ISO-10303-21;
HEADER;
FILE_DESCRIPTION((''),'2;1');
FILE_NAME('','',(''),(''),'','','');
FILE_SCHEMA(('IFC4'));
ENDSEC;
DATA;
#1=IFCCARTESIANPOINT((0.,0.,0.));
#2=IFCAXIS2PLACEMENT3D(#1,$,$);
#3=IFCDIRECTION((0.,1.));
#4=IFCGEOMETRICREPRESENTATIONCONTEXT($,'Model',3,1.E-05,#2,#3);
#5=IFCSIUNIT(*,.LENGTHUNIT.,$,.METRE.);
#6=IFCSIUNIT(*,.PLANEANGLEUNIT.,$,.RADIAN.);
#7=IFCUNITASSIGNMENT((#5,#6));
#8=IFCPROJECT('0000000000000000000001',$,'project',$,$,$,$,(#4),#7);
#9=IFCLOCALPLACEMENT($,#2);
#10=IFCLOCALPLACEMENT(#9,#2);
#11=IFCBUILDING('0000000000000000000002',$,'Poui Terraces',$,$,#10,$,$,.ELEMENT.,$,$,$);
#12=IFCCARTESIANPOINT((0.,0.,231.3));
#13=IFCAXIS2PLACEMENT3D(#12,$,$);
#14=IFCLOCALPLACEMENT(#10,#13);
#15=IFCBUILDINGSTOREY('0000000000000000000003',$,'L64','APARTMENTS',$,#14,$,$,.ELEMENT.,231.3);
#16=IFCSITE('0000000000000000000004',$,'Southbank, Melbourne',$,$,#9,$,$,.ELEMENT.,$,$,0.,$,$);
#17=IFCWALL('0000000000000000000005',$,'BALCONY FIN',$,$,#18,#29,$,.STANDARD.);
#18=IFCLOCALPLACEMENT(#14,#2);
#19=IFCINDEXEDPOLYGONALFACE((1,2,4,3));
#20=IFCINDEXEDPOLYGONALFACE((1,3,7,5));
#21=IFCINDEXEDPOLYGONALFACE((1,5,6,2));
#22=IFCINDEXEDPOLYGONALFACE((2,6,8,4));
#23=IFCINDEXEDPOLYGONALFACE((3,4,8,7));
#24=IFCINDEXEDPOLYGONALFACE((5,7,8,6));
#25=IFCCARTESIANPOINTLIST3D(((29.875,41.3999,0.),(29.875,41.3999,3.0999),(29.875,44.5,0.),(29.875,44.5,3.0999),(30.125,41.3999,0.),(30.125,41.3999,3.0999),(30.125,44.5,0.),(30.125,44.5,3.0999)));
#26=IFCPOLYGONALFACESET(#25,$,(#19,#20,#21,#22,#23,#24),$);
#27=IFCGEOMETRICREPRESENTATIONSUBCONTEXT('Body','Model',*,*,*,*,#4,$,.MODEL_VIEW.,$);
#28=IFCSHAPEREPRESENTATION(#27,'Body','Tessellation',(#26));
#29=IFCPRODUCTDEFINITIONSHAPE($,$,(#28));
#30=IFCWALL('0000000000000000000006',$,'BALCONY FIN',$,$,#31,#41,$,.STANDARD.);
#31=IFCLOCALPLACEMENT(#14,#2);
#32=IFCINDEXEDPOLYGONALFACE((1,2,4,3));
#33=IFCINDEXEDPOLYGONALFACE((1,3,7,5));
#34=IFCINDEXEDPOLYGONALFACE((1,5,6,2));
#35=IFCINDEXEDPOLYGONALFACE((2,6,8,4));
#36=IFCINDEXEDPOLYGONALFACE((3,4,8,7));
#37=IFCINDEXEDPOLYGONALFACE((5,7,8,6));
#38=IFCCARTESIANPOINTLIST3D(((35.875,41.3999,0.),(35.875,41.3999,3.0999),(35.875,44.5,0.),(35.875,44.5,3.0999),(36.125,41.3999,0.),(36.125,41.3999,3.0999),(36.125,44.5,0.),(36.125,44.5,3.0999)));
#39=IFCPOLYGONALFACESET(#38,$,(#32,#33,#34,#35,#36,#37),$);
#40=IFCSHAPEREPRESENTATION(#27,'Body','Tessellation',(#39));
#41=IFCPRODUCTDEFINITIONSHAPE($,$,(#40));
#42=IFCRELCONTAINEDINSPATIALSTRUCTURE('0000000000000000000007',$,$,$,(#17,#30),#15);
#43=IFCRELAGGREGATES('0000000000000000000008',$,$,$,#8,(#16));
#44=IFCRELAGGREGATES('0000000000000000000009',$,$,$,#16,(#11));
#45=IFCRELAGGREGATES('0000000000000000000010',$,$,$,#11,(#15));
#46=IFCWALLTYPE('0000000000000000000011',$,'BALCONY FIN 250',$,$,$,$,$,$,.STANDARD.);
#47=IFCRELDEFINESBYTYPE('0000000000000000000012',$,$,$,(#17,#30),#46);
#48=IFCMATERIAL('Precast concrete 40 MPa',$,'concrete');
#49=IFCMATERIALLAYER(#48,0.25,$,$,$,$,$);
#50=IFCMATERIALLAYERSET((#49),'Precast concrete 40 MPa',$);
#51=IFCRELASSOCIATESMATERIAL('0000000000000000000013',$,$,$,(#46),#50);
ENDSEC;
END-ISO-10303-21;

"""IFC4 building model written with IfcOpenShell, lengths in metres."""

from ifc_helpers import new_model, si_unit, direction, frame, origin, place, context, subcontext, project, spatial, polyline, outline, extrude, source, transform, mapped, material, layer, layer_set, type_object, element, save


model = new_model("IFC4")

# Units and contexts
model_context = context("Model", 3, precision=1e-05, world=origin(), true_north=direction((0.0, 1.0)))
body_context = subcontext(model_context, "Body", "Model", "MODEL_VIEW")
ifc_project = project(units=[si_unit("LENGTHUNIT", "METRE"), si_unit("PLANEANGLEUNIT", "RADIAN")], contexts=[model_context])

# Site, building, storey
site_placement = place(None, origin())
site = spatial("IfcSite", under=ifc_project, at=site_placement, Name="Southbank, Melbourne", CompositionType="ELEMENT", RefElevation=0.0)
building_placement = place(site_placement, origin())
building = spatial("IfcBuilding", under=site, at=building_placement, Name="Poui Terraces", CompositionType="ELEMENT")
storey_placement = place(building_placement, frame((0.0, 0.0, 231.3)))
storey = spatial("IfcBuildingStorey", under=building, at=storey_placement, Name="L64", Description="APARTMENTS", CompositionType="ELEMENT", Elevation=231.3)

# Walls
ifc_material_1 = material(Name="Precast concrete 40 MPa", Category="concrete")
ifc_layer_1 = layer(ifc_material_1, 0.25)
ifc_layer_set_1 = layer_set([ifc_layer_1], Name="Precast concrete 40 MPa")
wall_type_1 = type_object("IfcWallType", Name="BALCONY FIN 250", PredefinedType="STANDARD", material=ifc_layer_set_1)
shared_shape_1 = source(origin(), body_context, "Body", "SweptSolid", [
    extrude(outline(polyline([(0.0, 0.0), (0.25, 0.0), (0.25, 3.1001), (0.0, 3.1001), (0.0, 0.0)])), origin(), (0.0, 0.0, 1.0), 3.0999),
])
for number, where, name in (
    (1, (29.875, 41.3999, 0.0), "BALCONY FIN"),
    (2, (35.875, 41.3999, 0.0), "BALCONY FIN"),
):
    element("IfcWall", number, at=place(storey_placement, frame(where)), inside=storey, type_object=wall_type_1, Name=name, PredefinedType="STANDARD", context=body_context, shape_type="MappedRepresentation", body=[
        mapped(shared_shape_1, transform((0.0, 0.0, 0.0))),
    ])

save(model, "model.ifc")
